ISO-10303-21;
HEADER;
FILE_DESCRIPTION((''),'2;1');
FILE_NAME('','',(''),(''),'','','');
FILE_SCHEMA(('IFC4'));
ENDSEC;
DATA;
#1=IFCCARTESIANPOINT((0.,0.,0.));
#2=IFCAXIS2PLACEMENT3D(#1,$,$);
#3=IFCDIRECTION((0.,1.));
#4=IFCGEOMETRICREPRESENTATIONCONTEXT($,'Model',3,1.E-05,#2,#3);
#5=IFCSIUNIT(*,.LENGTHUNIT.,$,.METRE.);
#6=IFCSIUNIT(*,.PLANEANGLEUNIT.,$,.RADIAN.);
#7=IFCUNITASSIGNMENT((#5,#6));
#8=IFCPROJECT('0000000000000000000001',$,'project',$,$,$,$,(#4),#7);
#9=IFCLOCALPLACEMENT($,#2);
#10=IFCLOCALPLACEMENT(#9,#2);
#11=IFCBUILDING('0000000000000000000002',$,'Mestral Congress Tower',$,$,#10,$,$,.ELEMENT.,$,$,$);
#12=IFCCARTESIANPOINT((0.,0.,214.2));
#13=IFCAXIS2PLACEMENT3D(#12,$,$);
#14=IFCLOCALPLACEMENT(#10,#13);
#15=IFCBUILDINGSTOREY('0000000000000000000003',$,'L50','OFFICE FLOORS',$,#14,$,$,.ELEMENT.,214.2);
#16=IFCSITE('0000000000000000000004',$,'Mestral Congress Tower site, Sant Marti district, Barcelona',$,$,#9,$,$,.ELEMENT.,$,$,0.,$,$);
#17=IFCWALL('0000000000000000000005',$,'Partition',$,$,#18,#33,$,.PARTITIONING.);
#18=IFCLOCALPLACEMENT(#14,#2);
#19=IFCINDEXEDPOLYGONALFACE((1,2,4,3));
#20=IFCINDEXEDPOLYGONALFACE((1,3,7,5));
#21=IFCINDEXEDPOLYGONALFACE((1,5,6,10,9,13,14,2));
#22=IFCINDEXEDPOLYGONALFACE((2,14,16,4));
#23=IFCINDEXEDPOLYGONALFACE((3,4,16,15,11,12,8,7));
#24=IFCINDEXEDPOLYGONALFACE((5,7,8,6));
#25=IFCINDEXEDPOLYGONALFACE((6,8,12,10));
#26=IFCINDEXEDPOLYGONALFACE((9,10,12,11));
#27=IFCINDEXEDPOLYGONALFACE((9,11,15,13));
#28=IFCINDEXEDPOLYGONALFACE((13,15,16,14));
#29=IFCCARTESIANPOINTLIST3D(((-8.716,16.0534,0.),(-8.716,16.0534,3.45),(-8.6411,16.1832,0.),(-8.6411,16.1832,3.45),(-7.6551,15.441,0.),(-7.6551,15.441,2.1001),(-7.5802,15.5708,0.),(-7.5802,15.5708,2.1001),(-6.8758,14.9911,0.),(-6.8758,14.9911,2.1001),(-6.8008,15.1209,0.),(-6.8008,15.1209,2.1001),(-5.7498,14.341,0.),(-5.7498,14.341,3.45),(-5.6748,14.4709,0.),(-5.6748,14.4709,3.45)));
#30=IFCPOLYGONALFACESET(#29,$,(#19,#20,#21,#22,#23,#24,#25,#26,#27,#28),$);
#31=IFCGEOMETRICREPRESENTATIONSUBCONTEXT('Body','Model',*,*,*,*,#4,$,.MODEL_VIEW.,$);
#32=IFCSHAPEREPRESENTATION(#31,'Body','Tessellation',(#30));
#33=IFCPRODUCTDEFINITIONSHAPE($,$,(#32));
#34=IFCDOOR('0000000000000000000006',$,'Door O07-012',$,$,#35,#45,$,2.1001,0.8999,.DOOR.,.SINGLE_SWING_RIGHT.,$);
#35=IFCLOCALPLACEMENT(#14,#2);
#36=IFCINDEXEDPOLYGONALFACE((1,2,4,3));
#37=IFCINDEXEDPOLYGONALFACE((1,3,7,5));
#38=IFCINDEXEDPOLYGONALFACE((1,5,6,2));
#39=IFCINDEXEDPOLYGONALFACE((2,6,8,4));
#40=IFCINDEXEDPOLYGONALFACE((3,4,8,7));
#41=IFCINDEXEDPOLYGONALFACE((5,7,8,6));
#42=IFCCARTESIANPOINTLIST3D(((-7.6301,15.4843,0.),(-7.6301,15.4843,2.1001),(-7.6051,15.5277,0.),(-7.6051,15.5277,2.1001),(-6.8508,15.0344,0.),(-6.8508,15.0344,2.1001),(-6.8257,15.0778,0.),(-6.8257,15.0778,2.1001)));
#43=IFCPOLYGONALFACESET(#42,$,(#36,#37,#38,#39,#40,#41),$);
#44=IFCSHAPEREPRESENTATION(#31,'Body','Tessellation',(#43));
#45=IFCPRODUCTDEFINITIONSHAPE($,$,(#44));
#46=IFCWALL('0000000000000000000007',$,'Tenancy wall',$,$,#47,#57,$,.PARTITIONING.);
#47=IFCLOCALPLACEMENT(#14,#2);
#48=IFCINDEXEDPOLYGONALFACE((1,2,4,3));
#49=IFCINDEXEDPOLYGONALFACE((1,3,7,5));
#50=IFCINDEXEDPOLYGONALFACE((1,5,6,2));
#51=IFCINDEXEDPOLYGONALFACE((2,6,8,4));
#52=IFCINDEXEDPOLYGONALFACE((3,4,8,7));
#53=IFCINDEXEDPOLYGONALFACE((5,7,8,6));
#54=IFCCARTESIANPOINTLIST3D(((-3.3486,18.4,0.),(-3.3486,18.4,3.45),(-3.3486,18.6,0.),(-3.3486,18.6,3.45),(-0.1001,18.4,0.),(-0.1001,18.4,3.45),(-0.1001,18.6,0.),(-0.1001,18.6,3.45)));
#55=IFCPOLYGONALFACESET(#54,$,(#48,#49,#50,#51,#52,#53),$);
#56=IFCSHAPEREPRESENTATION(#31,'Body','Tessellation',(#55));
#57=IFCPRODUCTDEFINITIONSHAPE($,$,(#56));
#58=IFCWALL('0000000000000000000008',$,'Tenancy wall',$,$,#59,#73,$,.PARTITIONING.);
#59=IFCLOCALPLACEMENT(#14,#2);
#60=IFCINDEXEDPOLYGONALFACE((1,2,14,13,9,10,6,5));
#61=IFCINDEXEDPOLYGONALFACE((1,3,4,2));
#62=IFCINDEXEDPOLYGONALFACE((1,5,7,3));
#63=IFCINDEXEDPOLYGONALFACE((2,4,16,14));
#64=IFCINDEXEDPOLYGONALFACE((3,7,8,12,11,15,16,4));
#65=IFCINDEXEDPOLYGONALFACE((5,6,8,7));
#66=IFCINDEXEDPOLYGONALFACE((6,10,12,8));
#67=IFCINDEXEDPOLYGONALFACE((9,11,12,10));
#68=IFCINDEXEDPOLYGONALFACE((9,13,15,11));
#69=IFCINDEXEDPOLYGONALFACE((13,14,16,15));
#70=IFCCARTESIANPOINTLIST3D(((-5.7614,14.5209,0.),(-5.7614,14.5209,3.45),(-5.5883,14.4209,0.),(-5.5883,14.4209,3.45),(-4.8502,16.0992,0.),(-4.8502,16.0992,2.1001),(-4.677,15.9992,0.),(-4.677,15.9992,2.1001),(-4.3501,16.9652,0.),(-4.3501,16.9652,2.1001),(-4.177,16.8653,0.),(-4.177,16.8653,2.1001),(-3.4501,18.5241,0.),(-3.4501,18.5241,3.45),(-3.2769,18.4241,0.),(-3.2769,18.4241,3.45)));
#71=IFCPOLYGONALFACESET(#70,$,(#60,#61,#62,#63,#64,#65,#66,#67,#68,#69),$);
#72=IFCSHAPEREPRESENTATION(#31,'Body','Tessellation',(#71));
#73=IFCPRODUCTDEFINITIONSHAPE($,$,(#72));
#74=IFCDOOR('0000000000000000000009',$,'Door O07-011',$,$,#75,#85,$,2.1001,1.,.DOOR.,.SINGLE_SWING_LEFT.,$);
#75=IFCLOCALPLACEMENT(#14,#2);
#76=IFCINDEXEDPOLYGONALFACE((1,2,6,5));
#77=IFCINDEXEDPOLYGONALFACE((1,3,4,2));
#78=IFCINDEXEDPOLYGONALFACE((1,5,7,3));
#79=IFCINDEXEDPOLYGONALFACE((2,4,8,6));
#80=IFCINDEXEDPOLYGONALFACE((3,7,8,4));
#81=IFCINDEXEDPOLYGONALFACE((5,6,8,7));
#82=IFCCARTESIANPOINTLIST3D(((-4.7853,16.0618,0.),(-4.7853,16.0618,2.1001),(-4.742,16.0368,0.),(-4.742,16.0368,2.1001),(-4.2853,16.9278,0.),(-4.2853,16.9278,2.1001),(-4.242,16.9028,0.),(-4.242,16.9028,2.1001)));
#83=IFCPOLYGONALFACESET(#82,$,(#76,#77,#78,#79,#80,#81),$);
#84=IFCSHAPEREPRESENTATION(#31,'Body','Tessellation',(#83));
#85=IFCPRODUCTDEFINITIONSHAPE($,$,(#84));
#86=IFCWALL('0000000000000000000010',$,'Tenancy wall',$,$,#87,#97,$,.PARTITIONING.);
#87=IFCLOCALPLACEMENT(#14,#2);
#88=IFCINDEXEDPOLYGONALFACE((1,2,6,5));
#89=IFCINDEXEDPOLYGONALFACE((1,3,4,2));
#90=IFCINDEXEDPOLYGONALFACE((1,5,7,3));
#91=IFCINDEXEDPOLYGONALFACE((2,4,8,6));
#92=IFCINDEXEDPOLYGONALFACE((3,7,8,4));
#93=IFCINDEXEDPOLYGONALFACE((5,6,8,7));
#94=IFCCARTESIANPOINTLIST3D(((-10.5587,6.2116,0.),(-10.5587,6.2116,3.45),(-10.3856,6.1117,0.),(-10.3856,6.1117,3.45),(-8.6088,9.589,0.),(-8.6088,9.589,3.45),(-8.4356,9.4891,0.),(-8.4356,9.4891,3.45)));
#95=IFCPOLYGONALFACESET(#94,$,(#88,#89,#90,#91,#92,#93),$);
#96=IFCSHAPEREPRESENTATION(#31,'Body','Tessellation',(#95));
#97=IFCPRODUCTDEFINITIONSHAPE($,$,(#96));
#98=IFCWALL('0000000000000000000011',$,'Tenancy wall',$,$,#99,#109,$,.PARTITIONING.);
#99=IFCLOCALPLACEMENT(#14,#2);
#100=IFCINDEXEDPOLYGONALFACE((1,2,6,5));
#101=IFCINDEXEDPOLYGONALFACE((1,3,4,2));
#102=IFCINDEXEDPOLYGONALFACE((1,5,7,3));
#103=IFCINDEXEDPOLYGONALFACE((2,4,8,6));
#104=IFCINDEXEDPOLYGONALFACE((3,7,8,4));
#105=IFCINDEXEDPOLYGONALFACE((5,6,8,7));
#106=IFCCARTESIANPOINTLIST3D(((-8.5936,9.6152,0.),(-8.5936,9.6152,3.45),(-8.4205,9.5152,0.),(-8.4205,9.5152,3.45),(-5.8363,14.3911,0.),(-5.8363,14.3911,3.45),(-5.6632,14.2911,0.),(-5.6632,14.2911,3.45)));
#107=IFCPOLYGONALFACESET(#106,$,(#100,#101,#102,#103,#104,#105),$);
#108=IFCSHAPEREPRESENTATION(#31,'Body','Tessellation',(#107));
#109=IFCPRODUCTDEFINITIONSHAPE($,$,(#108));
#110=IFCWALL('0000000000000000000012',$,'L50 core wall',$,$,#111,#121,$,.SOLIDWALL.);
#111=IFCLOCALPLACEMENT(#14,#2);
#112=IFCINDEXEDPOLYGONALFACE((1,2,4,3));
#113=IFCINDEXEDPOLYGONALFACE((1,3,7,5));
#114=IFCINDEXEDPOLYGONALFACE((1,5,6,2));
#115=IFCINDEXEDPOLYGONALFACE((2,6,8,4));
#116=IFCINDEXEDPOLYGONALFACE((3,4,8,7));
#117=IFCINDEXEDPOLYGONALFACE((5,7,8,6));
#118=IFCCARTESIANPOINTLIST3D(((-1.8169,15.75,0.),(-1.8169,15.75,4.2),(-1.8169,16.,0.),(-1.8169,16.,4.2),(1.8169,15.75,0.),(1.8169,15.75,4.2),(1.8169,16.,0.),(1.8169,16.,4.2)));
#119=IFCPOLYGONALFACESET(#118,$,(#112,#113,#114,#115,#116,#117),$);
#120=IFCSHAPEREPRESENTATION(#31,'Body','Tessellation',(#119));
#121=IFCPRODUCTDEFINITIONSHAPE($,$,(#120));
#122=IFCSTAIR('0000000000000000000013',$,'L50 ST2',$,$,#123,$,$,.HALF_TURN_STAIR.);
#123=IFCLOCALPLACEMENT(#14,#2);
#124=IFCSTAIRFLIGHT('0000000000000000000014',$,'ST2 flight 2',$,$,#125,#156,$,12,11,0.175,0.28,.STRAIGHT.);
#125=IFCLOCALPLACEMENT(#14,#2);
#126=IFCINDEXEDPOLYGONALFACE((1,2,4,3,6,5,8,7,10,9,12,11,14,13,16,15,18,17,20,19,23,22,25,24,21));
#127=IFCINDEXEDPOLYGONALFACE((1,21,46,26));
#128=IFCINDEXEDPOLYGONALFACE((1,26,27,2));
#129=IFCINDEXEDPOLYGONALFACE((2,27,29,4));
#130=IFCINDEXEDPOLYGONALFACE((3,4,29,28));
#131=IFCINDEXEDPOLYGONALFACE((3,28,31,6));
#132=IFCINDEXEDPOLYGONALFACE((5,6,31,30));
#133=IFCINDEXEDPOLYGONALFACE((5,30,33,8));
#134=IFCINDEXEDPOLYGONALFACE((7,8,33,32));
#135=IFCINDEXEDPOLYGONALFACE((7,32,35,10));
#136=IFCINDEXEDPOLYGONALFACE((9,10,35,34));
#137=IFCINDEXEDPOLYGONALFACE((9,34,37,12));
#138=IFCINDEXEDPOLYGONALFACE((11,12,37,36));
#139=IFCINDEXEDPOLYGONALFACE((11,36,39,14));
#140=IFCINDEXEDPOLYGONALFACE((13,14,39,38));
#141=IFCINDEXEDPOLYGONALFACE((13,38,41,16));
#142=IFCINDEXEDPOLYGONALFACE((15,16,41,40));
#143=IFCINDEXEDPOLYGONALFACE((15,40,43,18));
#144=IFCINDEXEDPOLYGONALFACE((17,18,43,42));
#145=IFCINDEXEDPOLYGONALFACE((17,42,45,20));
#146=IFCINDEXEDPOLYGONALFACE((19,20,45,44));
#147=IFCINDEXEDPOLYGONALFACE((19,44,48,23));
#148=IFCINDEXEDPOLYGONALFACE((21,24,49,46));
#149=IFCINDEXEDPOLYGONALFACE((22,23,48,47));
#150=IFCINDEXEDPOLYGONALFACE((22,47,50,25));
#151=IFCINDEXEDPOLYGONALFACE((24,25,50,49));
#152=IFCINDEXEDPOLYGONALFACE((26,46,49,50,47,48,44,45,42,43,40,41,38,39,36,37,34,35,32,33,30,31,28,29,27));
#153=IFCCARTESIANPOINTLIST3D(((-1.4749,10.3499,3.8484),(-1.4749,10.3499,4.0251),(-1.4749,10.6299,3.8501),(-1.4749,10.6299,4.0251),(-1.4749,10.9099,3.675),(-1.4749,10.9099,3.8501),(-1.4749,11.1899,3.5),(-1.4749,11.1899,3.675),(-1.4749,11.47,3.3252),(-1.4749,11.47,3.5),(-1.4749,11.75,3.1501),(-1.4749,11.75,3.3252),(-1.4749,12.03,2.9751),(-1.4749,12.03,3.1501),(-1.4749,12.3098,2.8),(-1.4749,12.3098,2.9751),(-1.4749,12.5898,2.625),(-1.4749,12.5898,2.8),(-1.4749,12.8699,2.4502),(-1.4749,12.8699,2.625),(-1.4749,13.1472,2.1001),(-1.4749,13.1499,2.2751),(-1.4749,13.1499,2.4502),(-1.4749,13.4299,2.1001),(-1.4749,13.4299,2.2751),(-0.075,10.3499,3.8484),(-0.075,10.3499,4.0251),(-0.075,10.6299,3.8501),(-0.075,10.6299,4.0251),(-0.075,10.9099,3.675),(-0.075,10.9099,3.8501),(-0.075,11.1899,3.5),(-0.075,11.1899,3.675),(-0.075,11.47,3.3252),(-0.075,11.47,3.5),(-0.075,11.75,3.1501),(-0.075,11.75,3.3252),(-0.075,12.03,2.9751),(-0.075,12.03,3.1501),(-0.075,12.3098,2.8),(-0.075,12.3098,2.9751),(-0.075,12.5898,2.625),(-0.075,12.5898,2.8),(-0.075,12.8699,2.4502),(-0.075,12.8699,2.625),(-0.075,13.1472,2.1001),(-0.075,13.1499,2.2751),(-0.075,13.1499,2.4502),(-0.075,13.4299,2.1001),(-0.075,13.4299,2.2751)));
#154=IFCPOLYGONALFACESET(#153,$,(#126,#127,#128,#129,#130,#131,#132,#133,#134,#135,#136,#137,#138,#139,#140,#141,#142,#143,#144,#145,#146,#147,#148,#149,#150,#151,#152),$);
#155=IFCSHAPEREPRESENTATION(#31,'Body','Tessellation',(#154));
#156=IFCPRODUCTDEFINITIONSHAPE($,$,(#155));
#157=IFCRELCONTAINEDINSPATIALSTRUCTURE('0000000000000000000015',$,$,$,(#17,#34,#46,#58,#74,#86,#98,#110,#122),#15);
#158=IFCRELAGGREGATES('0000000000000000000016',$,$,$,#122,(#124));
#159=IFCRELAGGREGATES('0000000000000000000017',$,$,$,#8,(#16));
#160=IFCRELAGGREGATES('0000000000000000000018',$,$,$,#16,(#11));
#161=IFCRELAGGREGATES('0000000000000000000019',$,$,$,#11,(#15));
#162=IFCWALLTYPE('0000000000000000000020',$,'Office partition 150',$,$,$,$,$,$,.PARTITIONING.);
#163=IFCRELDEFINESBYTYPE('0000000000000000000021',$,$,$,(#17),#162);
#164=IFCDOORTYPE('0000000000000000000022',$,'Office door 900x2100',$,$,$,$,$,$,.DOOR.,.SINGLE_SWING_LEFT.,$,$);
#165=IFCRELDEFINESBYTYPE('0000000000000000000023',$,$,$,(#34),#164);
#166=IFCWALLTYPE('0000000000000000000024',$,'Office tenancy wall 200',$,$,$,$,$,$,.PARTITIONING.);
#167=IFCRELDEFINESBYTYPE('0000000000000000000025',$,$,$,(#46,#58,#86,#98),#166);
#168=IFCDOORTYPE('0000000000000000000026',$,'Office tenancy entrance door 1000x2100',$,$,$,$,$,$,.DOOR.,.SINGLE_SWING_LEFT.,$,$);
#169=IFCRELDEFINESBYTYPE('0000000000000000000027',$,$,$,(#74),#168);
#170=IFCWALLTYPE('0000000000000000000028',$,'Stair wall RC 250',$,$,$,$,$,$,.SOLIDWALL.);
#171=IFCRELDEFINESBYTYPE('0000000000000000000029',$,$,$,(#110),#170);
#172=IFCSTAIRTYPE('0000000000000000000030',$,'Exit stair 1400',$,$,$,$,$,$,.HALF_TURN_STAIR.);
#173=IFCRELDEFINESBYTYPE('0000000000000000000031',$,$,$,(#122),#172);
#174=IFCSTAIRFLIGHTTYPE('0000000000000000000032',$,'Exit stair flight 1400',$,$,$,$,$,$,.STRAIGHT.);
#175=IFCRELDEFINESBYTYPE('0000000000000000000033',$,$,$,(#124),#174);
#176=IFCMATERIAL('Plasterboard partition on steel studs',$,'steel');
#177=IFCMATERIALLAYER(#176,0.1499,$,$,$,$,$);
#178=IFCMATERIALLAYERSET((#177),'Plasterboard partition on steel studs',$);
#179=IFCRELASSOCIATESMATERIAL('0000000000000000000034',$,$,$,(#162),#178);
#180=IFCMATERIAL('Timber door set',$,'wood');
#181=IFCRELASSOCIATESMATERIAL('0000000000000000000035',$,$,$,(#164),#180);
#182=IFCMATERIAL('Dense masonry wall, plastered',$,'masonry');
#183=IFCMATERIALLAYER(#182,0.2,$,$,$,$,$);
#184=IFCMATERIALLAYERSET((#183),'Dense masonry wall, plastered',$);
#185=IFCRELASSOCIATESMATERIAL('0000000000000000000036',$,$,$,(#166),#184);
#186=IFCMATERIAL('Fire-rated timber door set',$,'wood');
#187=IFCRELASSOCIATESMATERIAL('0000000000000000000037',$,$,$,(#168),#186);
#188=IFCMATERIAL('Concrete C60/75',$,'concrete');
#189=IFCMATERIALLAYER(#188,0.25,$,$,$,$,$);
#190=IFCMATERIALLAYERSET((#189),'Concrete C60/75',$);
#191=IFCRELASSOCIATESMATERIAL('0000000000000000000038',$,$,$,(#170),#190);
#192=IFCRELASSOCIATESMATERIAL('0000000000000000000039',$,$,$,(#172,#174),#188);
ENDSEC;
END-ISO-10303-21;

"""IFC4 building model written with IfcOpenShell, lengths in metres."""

from ifc_helpers import new_model, si_unit, direction, frame, frame_2d, origin, place, context, subcontext, project, spatial, polyline, rectangle, outline, extrude, material, layer, layer_set, type_object, element, fill, aggregate, save


model = new_model("IFC4")

# Units and contexts
model_context = context("Model", 3, precision=1e-05, world=origin(), true_north=direction((0.0, 1.0)))
body_context = subcontext(model_context, "Body", "Model", "MODEL_VIEW")
ifc_project = project(units=[si_unit("LENGTHUNIT", "METRE"), si_unit("PLANEANGLEUNIT", "RADIAN")], contexts=[model_context])

# Site, building, storey
site_placement = place(None, origin())
site = spatial("IfcSite", under=ifc_project, at=site_placement, Name="Mestral Congress Tower site, Sant Marti district, Barcelona", CompositionType="ELEMENT", RefElevation=0.0)
building_placement = place(site_placement, origin())
building = spatial("IfcBuilding", under=site, at=building_placement, Name="Mestral Congress Tower", CompositionType="ELEMENT")
storey_placement = place(building_placement, frame((0.0, 0.0, 214.2)))
storey = spatial("IfcBuildingStorey", under=building, at=storey_placement, Name="L50", Description="OFFICE FLOORS", CompositionType="ELEMENT", Elevation=214.2)

# Shared definitions
ifc_material_1 = material(Name="Concrete C60/75", Category="concrete")

# Shared definitions
ifc_material_2 = material(Name="Plasterboard partition on steel studs", Category="steel")
ifc_layer_1 = layer(ifc_material_2, 0.1499)
ifc_layer_set_1 = layer_set([ifc_layer_1], Name="Plasterboard partition on steel studs")
wall_type_1 = type_object("IfcWallType", Name="Office partition 150", PredefinedType="PARTITIONING", material=ifc_layer_set_1)
ifc_material_3 = material(Name="Timber door set", Category="wood")
door_type_1 = type_object("IfcDoorType", Name="Office door 900x2100", OperationType="SINGLE_SWING_LEFT", PredefinedType="DOOR", material=ifc_material_3)

# Wall, opening, door
wall_1_placement = place(storey_placement, frame((-5.7124, 14.406, 0.0), z_axis=(0.0, 0.0, 1.0), x_axis=(-0.86605, 0.499957, 0.0)))
wall_1 = element("IfcWall", 1, at=wall_1_placement, inside=storey, type_object=wall_type_1, Name="Partition", PredefinedType="PARTITIONING", context=body_context, shape_type="SweptSolid", body=[
    extrude(rectangle(XDim=3.425, YDim=0.1499, at=frame_2d((1.7124, 0.0))), origin(), (0.0, 0.0, 1.0), 3.45),
])
opening_1_placement = place(wall_1_placement, frame((1.3, 0.0, 0.0)))
opening_1 = element("IfcOpeningElement", 2, at=opening_1_placement, cuts=wall_1, PredefinedType="OPENING", context=body_context, shape_type="SweptSolid", body=[
    extrude(rectangle(XDim=0.8999, YDim=2.1001, at=frame_2d((0.45, 1.05))), frame((0.0, 0.085, 0.0), z_axis=(0.0, -1.0, 0.0), x_axis=(1.0, 0.0, 0.0)), (0.0, 0.0, 1.0), 0.1699),
])
door_1_placement = place(opening_1_placement, origin())
door_1 = element("IfcDoor", 3, at=door_1_placement, inside=storey, type_object=door_type_1, Name="Door O07-012", OperationType="SINGLE_SWING_RIGHT", OverallHeight=2.1001, OverallWidth=0.8999, PredefinedType="DOOR", context=body_context, shape_type="SweptSolid", body=[
    extrude(rectangle(XDim=0.8999, YDim=2.1001, at=frame_2d((0.45, 1.05))), frame((0.0, 0.0249, 0.0), z_axis=(0.0, -1.0, 0.0), x_axis=(1.0, 0.0, 0.0)), (0.0, 0.0, 1.0), 0.05),
])
fill(opening_1, door_1)

# Wall
ifc_material_4 = material(Name="Dense masonry wall, plastered", Category="masonry")
ifc_layer_2 = layer(ifc_material_4, 0.2)
ifc_layer_set_2 = layer_set([ifc_layer_2], Name="Dense masonry wall, plastered")
wall_type_2 = type_object("IfcWallType", Name="Office tenancy wall 200", PredefinedType="PARTITIONING", material=ifc_layer_set_2)
wall_2_placement = place(storey_placement, frame((-0.1001, 18.5, 0.0), z_axis=(0.0, 0.0, 1.0), x_axis=(-1.0, 0.0, 0.0)))
element("IfcWall", 4, at=wall_2_placement, inside=storey, type_object=wall_type_2, Name="Tenancy wall", PredefinedType="PARTITIONING", context=body_context, shape_type="SweptSolid", body=[
    extrude(rectangle(XDim=3.2485, YDim=0.2, at=frame_2d((1.6243, 0.0))), origin(), (0.0, 0.0, 1.0), 3.45),
])

# Wall, opening, door
wall_3_placement = place(storey_placement, frame((-3.3635, 18.4741, 0.0), z_axis=(0.0, 0.0, 1.0), x_axis=(-0.500007, -0.866021, 0.0)))
wall_3 = element("IfcWall", 5, at=wall_3_placement, inside=storey, type_object=wall_type_2, Name="Tenancy wall", PredefinedType="PARTITIONING", context=body_context, shape_type="SweptSolid", body=[
    extrude(rectangle(XDim=4.6226, YDim=0.2, at=frame_2d((2.3113, 0.0))), origin(), (0.0, 0.0, 1.0), 3.45),
])
opening_2_placement = place(wall_3_placement, frame((1.8, 0.0, 0.0)))
opening_2 = element("IfcOpeningElement", 6, at=opening_2_placement, cuts=wall_3, PredefinedType="OPENING", context=body_context, shape_type="SweptSolid", body=[
    extrude(rectangle(XDim=1.0, YDim=2.1001, at=frame_2d((0.5, 1.05))), frame((0.0, 0.1099, 0.0), z_axis=(0.0, -1.0, 0.0), x_axis=(1.0, 0.0, 0.0)), (0.0, 0.0, 1.0), 0.22),
])
ifc_material_5 = material(Name="Fire-rated timber door set", Category="wood")
door_type_2 = type_object("IfcDoorType", Name="Office tenancy entrance door 1000x2100", OperationType="SINGLE_SWING_LEFT", PredefinedType="DOOR", material=ifc_material_5)
door_2_placement = place(opening_2_placement, origin())
door_2 = element("IfcDoor", 7, at=door_2_placement, inside=storey, type_object=door_type_2, Name="Door O07-011", OperationType="SINGLE_SWING_LEFT", OverallHeight=2.1001, OverallWidth=1.0, PredefinedType="DOOR", context=body_context, shape_type="SweptSolid", body=[
    extrude(rectangle(XDim=1.0, YDim=2.1001, at=frame_2d((0.5, 1.05))), frame((0.0, 0.0249, 0.0), z_axis=(0.0, -1.0, 0.0), x_axis=(1.0, 0.0, 0.0)), (0.0, 0.0, 1.0), 0.05),
])
fill(opening_2, door_2)

# Walls
wall_4_placement = place(storey_placement, frame((-8.5222, 9.5391, 0.0), z_axis=(0.0, 0.0, 1.0), x_axis=(-0.499997, -0.866027, 0.0)))
element("IfcWall", 8, at=wall_4_placement, inside=storey, type_object=wall_type_2, Name="Tenancy wall", PredefinedType="PARTITIONING", context=body_context, shape_type="SweptSolid", body=[
    extrude(rectangle(XDim=3.8999, YDim=0.2, at=frame_2d((1.95, 0.0))), origin(), (0.0, 0.0, 1.0), 3.45),
])
wall_5_placement = place(storey_placement, frame((-5.7498, 14.3411, 0.0), z_axis=(0.0, 0.0, 1.0), x_axis=(-0.499996, -0.866028, 0.0)))
element("IfcWall", 9, at=wall_5_placement, inside=storey, type_object=wall_type_2, Name="Tenancy wall", PredefinedType="PARTITIONING", context=body_context, shape_type="SweptSolid", body=[
    extrude(rectangle(XDim=5.5146, YDim=0.2, at=frame_2d((2.7573, 0.0))), origin(), (0.0, 0.0, 1.0), 3.45),
])
ifc_layer_3 = layer(ifc_material_1, 0.25)
ifc_layer_set_3 = layer_set([ifc_layer_3], Name="Concrete C60/75")
wall_type_3 = type_object("IfcWallType", Name="Stair wall RC 250", PredefinedType="SOLIDWALL", material=ifc_layer_set_3)
wall_6_placement = place(storey_placement, frame((-1.8169, 15.875, 0.0), z_axis=(0.0, 0.0, 1.0), x_axis=(1.0, 0.0, 0.0)))
element("IfcWall", 10, at=wall_6_placement, inside=storey, type_object=wall_type_3, Name="L50 core wall", PredefinedType="SOLIDWALL", context=body_context, shape_type="SweptSolid", body=[
    extrude(rectangle(XDim=3.6338, YDim=0.25, at=frame_2d((1.8169, 0.0))), origin(), (0.0, 0.0, 1.0), 4.2),
])

# Stair, stair flight
stair_type = type_object("IfcStairType", Name="Exit stair 1400", PredefinedType="HALF_TURN_STAIR", material=ifc_material_1)
stair_placement = place(storey_placement, origin())
stair = element("IfcStair", 11, at=stair_placement, inside=storey, type_object=stair_type, Name="L50 ST2", PredefinedType="HALF_TURN_STAIR")
stair_flight_type = type_object("IfcStairFlightType", Name="Exit stair flight 1400", PredefinedType="STRAIGHT", material=ifc_material_1)
stair_flight_placement = place(storey_placement, frame((-0.7749, 13.4299, 2.1001), z_axis=(0.0, 0.0, 1.0), x_axis=(0.0, -1.0, 0.0)))
stair_flight = element("IfcStairFlight", 12, at=stair_flight_placement, type_object=stair_flight_type, Name="ST2 flight 2", NumberOfRisers=12, NumberOfTreads=11, PredefinedType="STRAIGHT", RiserHeight=0.175, TreadLength=0.28, context=body_context, shape_type="SweptSolid", body=[
    extrude(outline(polyline([(0.0, 0.0), (0.0, 0.175), (0.28, 0.175), (0.28, 0.3501), (0.5601, 0.3501), (0.5601, 0.5249), (0.8401, 0.5249), (0.8401, 0.7), (1.1201, 0.7), (1.1201, 0.875), (1.3999, 0.875), (1.3999, 1.05), (1.6799, 1.05), (1.6799, 1.2251), (1.96, 1.2251), (1.96, 1.3999), (2.24, 1.3999), (2.24, 1.575), (2.52, 1.575), (2.52, 1.75), (2.8, 1.75), (2.8, 1.925), (3.0801, 1.925), (3.0801, 2.1001), (3.0801, 1.7483), (0.2827, 0.0), (0.0, 0.0)])), frame((0.0, 0.7, 0.0), z_axis=(0.0, -1.0, 0.0), x_axis=(1.0, 0.0, 0.0)), (0.0, 0.0, 1.0), 1.3999),
])
aggregate(stair, [stair_flight])

save(model, "model.ifc")
